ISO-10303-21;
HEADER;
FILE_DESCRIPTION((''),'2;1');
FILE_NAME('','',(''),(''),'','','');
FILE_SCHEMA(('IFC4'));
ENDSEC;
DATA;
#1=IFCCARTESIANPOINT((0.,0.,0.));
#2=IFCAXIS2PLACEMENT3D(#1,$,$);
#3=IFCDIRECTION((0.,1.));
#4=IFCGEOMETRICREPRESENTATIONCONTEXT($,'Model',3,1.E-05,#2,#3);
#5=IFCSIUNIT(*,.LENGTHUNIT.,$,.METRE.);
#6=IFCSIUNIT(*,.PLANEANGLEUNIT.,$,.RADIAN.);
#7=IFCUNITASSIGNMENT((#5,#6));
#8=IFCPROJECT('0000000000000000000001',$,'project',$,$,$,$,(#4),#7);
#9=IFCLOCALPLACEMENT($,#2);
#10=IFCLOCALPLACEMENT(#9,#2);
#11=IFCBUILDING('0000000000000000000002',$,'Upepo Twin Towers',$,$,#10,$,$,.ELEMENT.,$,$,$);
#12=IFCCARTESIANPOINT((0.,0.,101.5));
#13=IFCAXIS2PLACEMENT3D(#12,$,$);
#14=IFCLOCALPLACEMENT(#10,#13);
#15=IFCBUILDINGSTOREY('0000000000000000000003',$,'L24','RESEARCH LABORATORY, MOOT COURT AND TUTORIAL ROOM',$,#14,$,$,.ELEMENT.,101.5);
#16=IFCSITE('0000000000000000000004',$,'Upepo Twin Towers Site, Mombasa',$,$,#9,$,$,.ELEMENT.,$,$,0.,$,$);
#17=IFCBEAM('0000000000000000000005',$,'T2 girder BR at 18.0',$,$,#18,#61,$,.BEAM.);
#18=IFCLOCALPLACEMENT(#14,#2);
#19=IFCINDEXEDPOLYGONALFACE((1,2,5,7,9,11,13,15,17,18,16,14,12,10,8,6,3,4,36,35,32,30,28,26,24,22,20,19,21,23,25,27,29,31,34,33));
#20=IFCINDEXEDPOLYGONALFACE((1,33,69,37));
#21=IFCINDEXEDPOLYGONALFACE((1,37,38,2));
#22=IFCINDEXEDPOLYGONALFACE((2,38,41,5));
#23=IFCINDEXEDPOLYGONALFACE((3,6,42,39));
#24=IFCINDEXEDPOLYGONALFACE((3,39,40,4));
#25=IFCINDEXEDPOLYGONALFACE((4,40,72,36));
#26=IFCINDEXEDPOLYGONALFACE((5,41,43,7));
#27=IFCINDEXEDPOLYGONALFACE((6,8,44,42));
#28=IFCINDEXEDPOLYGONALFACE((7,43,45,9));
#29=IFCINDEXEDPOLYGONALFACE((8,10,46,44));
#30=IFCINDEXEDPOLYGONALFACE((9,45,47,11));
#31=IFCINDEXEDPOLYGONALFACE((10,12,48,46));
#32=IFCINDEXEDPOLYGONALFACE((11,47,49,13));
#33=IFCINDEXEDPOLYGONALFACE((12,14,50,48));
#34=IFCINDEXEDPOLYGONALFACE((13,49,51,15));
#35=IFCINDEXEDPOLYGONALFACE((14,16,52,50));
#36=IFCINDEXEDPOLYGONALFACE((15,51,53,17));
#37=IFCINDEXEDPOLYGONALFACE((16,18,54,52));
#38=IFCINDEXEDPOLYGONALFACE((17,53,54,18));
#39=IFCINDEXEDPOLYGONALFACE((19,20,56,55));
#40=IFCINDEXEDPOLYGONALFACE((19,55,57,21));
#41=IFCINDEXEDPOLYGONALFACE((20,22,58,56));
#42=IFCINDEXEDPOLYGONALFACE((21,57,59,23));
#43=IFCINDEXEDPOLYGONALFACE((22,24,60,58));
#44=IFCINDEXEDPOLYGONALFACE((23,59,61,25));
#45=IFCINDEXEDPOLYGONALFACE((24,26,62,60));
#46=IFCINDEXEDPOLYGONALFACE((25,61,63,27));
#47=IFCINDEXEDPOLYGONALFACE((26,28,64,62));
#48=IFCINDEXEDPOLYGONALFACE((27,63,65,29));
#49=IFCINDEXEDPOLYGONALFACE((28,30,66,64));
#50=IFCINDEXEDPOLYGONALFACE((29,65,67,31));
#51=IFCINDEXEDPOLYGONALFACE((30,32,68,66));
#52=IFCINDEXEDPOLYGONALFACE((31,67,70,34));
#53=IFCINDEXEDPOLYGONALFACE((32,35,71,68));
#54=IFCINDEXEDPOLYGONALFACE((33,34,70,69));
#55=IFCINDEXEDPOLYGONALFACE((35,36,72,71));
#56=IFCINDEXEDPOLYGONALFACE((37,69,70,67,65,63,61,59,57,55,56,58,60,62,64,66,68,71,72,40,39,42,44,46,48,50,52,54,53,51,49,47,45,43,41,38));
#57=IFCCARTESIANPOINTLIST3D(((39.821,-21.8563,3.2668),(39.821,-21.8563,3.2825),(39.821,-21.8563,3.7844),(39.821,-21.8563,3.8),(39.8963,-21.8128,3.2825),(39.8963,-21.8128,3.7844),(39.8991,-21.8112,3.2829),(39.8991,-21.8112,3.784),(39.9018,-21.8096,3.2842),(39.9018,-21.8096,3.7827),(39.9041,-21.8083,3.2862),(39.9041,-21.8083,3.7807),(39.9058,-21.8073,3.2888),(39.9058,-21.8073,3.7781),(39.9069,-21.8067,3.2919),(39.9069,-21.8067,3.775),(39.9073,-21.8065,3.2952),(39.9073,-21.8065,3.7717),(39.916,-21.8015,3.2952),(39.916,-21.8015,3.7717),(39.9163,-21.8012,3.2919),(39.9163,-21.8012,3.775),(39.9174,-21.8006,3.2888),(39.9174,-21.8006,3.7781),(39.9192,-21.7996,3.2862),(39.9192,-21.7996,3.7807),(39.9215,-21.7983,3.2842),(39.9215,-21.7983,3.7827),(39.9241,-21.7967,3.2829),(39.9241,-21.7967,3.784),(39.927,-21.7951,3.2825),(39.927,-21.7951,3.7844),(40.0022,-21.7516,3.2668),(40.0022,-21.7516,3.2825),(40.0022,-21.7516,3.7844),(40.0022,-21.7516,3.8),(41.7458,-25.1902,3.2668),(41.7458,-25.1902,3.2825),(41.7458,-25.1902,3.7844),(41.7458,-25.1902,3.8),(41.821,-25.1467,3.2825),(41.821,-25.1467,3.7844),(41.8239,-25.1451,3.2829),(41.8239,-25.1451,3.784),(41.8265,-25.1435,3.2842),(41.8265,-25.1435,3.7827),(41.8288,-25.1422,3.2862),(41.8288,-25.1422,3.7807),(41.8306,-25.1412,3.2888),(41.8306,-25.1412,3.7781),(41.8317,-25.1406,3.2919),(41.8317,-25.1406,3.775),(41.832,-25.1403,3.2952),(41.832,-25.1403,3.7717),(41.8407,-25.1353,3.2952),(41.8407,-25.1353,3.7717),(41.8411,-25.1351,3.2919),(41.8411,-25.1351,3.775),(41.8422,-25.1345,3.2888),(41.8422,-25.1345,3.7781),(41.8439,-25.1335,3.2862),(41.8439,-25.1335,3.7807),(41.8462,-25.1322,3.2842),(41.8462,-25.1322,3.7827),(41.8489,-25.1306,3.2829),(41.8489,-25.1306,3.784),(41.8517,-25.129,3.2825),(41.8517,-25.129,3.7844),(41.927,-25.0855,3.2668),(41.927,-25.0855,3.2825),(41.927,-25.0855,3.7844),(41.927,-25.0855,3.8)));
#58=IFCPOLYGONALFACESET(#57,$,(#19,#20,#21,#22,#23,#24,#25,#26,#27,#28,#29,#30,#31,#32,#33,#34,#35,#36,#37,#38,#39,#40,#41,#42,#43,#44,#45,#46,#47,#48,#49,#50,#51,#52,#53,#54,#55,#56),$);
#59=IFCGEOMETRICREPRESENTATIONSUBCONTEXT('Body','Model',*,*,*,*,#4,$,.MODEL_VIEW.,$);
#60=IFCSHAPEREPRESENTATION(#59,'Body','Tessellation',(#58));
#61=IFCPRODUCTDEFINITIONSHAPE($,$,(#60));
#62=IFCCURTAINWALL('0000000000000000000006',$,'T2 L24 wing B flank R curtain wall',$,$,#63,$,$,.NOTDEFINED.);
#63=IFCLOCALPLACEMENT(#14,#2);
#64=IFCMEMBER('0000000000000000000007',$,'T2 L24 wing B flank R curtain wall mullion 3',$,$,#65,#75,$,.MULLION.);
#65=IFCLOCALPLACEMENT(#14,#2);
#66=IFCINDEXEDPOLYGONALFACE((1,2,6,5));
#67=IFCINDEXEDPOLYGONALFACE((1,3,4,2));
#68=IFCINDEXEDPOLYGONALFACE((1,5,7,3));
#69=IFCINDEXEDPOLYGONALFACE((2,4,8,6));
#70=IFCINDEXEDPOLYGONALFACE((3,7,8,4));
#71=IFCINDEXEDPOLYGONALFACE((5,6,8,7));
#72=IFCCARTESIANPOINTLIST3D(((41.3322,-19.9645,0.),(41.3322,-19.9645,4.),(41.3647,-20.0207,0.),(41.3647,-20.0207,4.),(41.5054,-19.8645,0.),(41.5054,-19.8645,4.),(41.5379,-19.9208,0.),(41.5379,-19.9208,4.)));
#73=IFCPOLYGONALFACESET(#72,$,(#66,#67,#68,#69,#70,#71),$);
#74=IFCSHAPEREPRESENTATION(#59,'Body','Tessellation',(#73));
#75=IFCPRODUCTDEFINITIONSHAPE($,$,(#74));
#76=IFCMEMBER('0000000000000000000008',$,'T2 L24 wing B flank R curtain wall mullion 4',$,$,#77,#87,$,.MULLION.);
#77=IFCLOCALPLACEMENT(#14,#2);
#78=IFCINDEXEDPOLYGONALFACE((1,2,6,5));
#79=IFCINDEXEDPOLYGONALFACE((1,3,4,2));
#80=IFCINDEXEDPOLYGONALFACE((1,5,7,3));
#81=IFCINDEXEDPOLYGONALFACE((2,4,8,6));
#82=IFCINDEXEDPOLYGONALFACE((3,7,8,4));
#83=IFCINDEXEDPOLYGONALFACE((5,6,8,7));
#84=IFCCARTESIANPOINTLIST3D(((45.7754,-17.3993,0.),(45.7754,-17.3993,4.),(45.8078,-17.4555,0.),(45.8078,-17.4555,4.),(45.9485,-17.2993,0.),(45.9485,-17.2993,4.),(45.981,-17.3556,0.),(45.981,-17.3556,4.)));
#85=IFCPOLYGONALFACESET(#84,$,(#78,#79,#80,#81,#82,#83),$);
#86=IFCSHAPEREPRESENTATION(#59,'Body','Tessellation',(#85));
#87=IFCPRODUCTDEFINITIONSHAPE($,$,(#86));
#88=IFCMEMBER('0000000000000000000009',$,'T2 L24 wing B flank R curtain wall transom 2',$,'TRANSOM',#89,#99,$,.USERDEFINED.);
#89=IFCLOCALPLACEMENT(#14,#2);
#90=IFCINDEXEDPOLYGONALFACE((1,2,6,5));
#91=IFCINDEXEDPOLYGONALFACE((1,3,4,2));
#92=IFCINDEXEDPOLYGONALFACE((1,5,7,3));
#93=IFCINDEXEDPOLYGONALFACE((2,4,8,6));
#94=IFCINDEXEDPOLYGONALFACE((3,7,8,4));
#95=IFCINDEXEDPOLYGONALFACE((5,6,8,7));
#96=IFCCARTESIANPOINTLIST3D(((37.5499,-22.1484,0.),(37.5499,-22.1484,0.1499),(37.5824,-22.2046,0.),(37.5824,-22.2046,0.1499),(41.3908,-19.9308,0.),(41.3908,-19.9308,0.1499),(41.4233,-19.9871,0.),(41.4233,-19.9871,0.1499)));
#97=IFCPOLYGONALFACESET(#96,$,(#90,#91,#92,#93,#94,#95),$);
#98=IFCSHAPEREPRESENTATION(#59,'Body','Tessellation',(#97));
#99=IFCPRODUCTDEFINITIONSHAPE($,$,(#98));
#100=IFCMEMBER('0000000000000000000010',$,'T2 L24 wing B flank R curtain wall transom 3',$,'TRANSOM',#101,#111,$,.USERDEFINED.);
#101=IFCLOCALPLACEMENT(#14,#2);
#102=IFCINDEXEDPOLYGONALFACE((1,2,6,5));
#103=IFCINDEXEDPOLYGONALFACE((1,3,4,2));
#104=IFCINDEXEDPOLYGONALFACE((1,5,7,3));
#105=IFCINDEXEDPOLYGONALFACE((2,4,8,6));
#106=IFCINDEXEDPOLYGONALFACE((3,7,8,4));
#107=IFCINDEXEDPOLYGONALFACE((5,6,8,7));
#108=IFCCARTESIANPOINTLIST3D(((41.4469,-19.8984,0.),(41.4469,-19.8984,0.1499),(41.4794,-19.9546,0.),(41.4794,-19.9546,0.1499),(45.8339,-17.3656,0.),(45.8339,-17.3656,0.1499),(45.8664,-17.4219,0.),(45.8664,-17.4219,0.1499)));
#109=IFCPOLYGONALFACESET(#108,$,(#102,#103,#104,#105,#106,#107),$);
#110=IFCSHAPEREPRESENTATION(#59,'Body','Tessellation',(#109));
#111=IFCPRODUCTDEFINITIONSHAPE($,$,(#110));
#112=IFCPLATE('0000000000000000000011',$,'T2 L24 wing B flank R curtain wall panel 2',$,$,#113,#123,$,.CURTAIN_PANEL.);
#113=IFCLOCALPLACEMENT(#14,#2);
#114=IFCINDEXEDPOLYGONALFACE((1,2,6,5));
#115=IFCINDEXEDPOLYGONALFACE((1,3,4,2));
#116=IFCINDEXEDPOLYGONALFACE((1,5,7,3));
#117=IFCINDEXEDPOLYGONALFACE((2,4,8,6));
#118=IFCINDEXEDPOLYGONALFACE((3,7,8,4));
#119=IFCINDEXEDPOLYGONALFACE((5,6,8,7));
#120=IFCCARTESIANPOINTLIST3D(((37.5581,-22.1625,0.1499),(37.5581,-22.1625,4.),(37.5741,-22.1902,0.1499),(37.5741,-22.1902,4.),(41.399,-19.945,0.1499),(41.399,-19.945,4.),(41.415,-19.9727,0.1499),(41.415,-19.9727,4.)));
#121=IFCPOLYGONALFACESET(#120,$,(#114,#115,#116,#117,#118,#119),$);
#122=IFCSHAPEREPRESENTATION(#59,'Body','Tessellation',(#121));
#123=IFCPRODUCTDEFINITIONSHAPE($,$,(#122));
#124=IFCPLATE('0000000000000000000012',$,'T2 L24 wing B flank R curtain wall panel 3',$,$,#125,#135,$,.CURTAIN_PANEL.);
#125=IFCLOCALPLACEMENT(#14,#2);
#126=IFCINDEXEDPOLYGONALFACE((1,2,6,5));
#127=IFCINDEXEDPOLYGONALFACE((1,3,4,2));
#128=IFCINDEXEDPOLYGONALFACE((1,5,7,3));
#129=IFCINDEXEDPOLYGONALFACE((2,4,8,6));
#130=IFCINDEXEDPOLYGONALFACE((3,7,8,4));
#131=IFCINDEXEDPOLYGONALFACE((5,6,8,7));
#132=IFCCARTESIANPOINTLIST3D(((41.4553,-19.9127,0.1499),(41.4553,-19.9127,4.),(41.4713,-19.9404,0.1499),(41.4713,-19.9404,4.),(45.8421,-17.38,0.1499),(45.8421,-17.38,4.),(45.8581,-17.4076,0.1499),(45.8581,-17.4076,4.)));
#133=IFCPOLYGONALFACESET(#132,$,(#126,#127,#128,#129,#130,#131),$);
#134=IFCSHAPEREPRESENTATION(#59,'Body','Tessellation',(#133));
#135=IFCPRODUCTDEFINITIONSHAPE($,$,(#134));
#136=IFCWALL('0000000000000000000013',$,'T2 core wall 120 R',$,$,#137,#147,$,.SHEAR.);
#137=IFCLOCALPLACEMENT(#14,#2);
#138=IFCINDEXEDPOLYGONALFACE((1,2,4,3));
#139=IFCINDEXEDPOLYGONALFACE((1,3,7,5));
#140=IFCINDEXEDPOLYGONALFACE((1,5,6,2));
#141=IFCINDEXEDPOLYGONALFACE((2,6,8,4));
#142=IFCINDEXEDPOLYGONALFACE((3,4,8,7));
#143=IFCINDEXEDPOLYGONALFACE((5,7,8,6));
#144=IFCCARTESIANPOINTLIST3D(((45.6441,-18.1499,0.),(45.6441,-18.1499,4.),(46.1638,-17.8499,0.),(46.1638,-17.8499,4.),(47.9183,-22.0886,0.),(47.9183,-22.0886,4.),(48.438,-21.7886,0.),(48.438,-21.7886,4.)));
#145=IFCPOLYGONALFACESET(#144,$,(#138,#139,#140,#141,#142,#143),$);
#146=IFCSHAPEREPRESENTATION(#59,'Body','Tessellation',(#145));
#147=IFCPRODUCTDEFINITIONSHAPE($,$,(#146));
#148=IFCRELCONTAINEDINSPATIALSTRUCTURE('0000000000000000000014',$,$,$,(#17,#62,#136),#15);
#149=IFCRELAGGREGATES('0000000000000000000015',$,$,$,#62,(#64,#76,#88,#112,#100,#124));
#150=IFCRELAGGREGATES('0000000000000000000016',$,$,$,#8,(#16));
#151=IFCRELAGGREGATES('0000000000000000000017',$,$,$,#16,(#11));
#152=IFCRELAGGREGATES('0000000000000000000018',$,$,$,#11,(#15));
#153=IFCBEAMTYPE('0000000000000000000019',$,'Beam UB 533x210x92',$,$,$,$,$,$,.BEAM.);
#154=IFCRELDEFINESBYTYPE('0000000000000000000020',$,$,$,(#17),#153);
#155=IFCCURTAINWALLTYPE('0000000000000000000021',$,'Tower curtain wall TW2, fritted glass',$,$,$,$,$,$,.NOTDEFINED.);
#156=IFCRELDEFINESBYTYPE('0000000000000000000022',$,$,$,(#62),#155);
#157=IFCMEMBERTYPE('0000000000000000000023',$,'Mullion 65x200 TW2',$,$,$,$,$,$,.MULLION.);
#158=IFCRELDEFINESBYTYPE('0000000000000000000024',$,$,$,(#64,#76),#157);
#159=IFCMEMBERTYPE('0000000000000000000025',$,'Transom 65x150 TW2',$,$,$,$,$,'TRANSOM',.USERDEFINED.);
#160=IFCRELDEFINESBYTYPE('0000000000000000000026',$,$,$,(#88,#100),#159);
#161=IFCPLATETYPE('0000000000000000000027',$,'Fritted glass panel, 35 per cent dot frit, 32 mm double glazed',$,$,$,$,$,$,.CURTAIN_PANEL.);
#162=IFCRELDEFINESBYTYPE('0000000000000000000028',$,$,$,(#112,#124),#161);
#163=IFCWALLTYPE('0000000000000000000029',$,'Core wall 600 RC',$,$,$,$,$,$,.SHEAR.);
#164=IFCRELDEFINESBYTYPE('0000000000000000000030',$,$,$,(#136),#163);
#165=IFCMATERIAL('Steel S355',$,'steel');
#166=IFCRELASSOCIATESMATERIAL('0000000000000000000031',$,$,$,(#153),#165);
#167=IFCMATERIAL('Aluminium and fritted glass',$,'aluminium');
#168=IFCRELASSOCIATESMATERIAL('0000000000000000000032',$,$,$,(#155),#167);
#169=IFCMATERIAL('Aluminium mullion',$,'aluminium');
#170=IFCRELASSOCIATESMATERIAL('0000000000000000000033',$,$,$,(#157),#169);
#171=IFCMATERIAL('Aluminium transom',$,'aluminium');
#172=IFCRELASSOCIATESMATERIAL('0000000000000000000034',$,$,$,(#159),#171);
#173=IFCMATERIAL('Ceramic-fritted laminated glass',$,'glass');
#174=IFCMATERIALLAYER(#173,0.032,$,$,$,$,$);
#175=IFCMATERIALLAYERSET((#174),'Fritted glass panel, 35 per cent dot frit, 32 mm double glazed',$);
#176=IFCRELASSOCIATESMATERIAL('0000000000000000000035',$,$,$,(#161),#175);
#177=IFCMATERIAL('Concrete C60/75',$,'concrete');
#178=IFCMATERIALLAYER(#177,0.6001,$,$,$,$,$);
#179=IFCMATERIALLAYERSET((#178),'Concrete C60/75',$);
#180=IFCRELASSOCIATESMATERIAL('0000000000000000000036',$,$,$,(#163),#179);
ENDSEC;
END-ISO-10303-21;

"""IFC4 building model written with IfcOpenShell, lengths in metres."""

from ifc_helpers import new_model, si_unit, direction, frame, frame_2d, origin, origin_2d, place, context, subcontext, project, spatial, rectangle, i_section, extrude, material, layer, layer_set, material_profile, profile_set, type_object, element, aggregate, save


model = new_model("IFC4")

# Units and contexts
model_context = context("Model", 3, precision=1e-05, world=origin(), true_north=direction((0.0, 1.0)))
body_context = subcontext(model_context, "Body", "Model", "MODEL_VIEW")
ifc_project = project(units=[si_unit("LENGTHUNIT", "METRE"), si_unit("PLANEANGLEUNIT", "RADIAN")], contexts=[model_context])

# Site, building, storey
site_placement = place(None, origin())
site = spatial("IfcSite", under=ifc_project, at=site_placement, Name="Upepo Twin Towers Site, Mombasa", CompositionType="ELEMENT", RefElevation=0.0)
building_placement = place(site_placement, origin())
building = spatial("IfcBuilding", under=site, at=building_placement, Name="Upepo Twin Towers", CompositionType="ELEMENT")
storey_placement = place(building_placement, frame((0.0, 0.0, 101.5)))
storey = spatial("IfcBuildingStorey", under=building, at=storey_placement, Name="L24", Description="RESEARCH LABORATORY, MOOT COURT AND TUTORIAL ROOM", CompositionType="ELEMENT", Elevation=101.5)

# Beam
ifc_material_1 = material(Name="Steel S355", Category="steel")
ifc_material_profile_1 = material_profile(ifc_material_1, i_section(OverallWidth=0.2092, OverallDepth=0.5332, WebThickness=0.01, FlangeThickness=0.0156, FilletRadius=0.0127, at=origin_2d()), Name="UB 533x210x92")
ifc_profile_set_1 = profile_set([ifc_material_profile_1], Name="Steel S355")
beam_type_1 = type_object("IfcBeamType", Name="Beam UB 533x210x92", PredefinedType="BEAM", material=ifc_profile_set_1)
beam_1_placement = place(storey_placement, frame((39.9116, -21.804, 3.5334), z_axis=(0.499986, -0.866034, 0.0), x_axis=(0.866034, 0.499986, 0.0)))
element("IfcBeam", 1, at=beam_1_placement, inside=storey, type_object=beam_type_1, Name="T2 girder BR at 18.0", PredefinedType="BEAM", context=body_context, shape_type="SweptSolid", body=[
    extrude(i_section(OverallWidth=0.2092, OverallDepth=0.5332, WebThickness=0.01, FlangeThickness=0.0156, FilletRadius=0.0127, at=origin_2d()), origin(), (0.0, 0.0, 1.0), 3.8496),
])

# Curtain wall, members, plates
ifc_material_2 = material(Name="Aluminium and fritted glass", Category="aluminium")
curtain_wall_type = type_object("IfcCurtainWallType", Name="Tower curtain wall TW2, fritted glass", PredefinedType="NOTDEFINED", material=ifc_material_2)
curtain_wall_placement = place(storey_placement, origin())
curtain_wall = element("IfcCurtainWall", 2, at=curtain_wall_placement, inside=storey, type_object=curtain_wall_type, Name="T2 L24 wing B flank R curtain wall", PredefinedType="NOTDEFINED")
ifc_material_3 = material(Name="Aluminium mullion", Category="aluminium")
ifc_material_profile_2 = material_profile(ifc_material_3, rectangle(XDim=0.0649, YDim=0.2, at=origin_2d()), Name="MULLION 65x200")
ifc_profile_set_2 = profile_set([ifc_material_profile_2], Name="Aluminium mullion")
member_type_1 = type_object("IfcMemberType", Name="Mullion 65x200 TW2", PredefinedType="MULLION", material=ifc_profile_set_2)
member_1_placement = place(storey_placement, frame((41.4351, -19.9426, 0.0), z_axis=(0.0, 0.0, 1.0), x_axis=(-0.5, 0.866025, 0.0)))
member_1 = element("IfcMember", 3, at=member_1_placement, type_object=member_type_1, Name="T2 L24 wing B flank R curtain wall mullion 3", PredefinedType="MULLION", context=body_context, shape_type="SweptSolid", body=[
    extrude(rectangle(XDim=0.0649, YDim=0.2, at=origin_2d()), origin(), (0.0, 0.0, 1.0), 4.0),
])
member_2_placement = place(storey_placement, frame((45.8782, -17.3774, 0.0), z_axis=(0.0, 0.0, 1.0), x_axis=(-0.5, 0.866025, 0.0)))
member_2 = element("IfcMember", 4, at=member_2_placement, type_object=member_type_1, Name="T2 L24 wing B flank R curtain wall mullion 4", PredefinedType="MULLION", context=body_context, shape_type="SweptSolid", body=[
    extrude(rectangle(XDim=0.0649, YDim=0.2, at=origin_2d()), origin(), (0.0, 0.0, 1.0), 4.0),
])
ifc_material_4 = material(Name="Aluminium transom", Category="aluminium")
ifc_material_profile_3 = material_profile(ifc_material_4, rectangle(XDim=0.0649, YDim=0.1499, at=origin_2d()), Name="TRANSOM 65x150")
ifc_profile_set_3 = profile_set([ifc_material_profile_3], Name="Aluminium transom")
member_type_2 = type_object("IfcMemberType", Name="Transom 65x150 TW2", ElementType="TRANSOM", PredefinedType="USERDEFINED", material=ifc_profile_set_3)
member_3_placement = place(storey_placement, frame((37.5662, -22.1765, 0.075), z_axis=(0.866022, 0.500005, 0.0), x_axis=(-0.500005, 0.866022, 0.0)))
member_3 = element("IfcMember", 5, at=member_3_placement, type_object=member_type_2, Name="T2 L24 wing B flank R curtain wall transom 2", ObjectType="TRANSOM", PredefinedType="USERDEFINED", context=body_context, shape_type="SweptSolid", body=[
    extrude(rectangle(XDim=0.0649, YDim=0.1499, at=origin_2d()), origin(), (0.0, 0.0, 1.0), 4.4351),
])
member_4_placement = place(storey_placement, frame((41.4631, -19.9265, 0.075), z_axis=(0.866034, 0.499985, 0.0), x_axis=(-0.499985, 0.866034, 0.0)))
member_4 = element("IfcMember", 6, at=member_4_placement, type_object=member_type_2, Name="T2 L24 wing B flank R curtain wall transom 3", ObjectType="TRANSOM", PredefinedType="USERDEFINED", context=body_context, shape_type="SweptSolid", body=[
    extrude(rectangle(XDim=0.0649, YDim=0.1499, at=origin_2d()), origin(), (0.0, 0.0, 1.0), 5.0657),
])
ifc_material_5 = material(Name="Ceramic-fritted laminated glass", Category="glass")
ifc_layer_1 = layer(ifc_material_5, 0.032)
ifc_layer_set_1 = layer_set([ifc_layer_1], Name="Fritted glass panel, 35 per cent dot frit, 32 mm double glazed")
plate_type = type_object("IfcPlateType", Name="Fritted glass panel, 35 per cent dot frit, 32 mm double glazed", PredefinedType="CURTAIN_PANEL", material=ifc_layer_set_1)
plate_1_placement = place(storey_placement, frame((39.4866, -21.0676, 0.1499), z_axis=(0.0, 0.0, 1.0), x_axis=(0.866025, 0.5, 0.0)))
plate_1 = element("IfcPlate", 7, at=plate_1_placement, type_object=plate_type, Name="T2 L24 wing B flank R curtain wall panel 2", PredefinedType="CURTAIN_PANEL", context=body_context, shape_type="SweptSolid", body=[
    extrude(rectangle(XDim=4.4351, YDim=0.032, at=origin_2d()), origin(), (0.0, 0.0, 1.0), 3.8501),
])
plate_2_placement = place(storey_placement, frame((43.6567, -18.6602, 0.1499), z_axis=(0.0, 0.0, 1.0), x_axis=(0.866025, 0.5, 0.0)))
plate_2 = element("IfcPlate", 8, at=plate_2_placement, type_object=plate_type, Name="T2 L24 wing B flank R curtain wall panel 3", PredefinedType="CURTAIN_PANEL", context=body_context, shape_type="SweptSolid", body=[
    extrude(rectangle(XDim=5.0654, YDim=0.032, at=origin_2d()), origin(), (0.0, 0.0, 1.0), 3.8501),
])
aggregate(curtain_wall, [member_1, member_2, member_3, plate_1, member_4, plate_2])

# Wall
ifc_material_6 = material(Name="Concrete C60/75", Category="concrete")
ifc_layer_2 = layer(ifc_material_6, 0.6001)
ifc_layer_set_2 = layer_set([ifc_layer_2], Name="Concrete C60/75")
wall_type = type_object("IfcWallType", Name="Core wall 600 RC", PredefinedType="SHEAR", material=ifc_layer_set_2)
wall_1_placement = place(storey_placement, frame((45.9041, -18.0, 0.0), z_axis=(0.0, 0.0, 1.0), x_axis=(0.500024, -0.866011, 0.0)))
element("IfcWall", 9, at=wall_1_placement, inside=storey, type_object=wall_type, Name="T2 core wall 120 R", PredefinedType="SHEAR", context=body_context, shape_type="SweptSolid", body=[
    extrude(rectangle(XDim=4.5481, YDim=0.6001, at=frame_2d((2.2739, 0.0))), origin(), (0.0, 0.0, 1.0), 4.0),
])

save(model, "model.ifc")
